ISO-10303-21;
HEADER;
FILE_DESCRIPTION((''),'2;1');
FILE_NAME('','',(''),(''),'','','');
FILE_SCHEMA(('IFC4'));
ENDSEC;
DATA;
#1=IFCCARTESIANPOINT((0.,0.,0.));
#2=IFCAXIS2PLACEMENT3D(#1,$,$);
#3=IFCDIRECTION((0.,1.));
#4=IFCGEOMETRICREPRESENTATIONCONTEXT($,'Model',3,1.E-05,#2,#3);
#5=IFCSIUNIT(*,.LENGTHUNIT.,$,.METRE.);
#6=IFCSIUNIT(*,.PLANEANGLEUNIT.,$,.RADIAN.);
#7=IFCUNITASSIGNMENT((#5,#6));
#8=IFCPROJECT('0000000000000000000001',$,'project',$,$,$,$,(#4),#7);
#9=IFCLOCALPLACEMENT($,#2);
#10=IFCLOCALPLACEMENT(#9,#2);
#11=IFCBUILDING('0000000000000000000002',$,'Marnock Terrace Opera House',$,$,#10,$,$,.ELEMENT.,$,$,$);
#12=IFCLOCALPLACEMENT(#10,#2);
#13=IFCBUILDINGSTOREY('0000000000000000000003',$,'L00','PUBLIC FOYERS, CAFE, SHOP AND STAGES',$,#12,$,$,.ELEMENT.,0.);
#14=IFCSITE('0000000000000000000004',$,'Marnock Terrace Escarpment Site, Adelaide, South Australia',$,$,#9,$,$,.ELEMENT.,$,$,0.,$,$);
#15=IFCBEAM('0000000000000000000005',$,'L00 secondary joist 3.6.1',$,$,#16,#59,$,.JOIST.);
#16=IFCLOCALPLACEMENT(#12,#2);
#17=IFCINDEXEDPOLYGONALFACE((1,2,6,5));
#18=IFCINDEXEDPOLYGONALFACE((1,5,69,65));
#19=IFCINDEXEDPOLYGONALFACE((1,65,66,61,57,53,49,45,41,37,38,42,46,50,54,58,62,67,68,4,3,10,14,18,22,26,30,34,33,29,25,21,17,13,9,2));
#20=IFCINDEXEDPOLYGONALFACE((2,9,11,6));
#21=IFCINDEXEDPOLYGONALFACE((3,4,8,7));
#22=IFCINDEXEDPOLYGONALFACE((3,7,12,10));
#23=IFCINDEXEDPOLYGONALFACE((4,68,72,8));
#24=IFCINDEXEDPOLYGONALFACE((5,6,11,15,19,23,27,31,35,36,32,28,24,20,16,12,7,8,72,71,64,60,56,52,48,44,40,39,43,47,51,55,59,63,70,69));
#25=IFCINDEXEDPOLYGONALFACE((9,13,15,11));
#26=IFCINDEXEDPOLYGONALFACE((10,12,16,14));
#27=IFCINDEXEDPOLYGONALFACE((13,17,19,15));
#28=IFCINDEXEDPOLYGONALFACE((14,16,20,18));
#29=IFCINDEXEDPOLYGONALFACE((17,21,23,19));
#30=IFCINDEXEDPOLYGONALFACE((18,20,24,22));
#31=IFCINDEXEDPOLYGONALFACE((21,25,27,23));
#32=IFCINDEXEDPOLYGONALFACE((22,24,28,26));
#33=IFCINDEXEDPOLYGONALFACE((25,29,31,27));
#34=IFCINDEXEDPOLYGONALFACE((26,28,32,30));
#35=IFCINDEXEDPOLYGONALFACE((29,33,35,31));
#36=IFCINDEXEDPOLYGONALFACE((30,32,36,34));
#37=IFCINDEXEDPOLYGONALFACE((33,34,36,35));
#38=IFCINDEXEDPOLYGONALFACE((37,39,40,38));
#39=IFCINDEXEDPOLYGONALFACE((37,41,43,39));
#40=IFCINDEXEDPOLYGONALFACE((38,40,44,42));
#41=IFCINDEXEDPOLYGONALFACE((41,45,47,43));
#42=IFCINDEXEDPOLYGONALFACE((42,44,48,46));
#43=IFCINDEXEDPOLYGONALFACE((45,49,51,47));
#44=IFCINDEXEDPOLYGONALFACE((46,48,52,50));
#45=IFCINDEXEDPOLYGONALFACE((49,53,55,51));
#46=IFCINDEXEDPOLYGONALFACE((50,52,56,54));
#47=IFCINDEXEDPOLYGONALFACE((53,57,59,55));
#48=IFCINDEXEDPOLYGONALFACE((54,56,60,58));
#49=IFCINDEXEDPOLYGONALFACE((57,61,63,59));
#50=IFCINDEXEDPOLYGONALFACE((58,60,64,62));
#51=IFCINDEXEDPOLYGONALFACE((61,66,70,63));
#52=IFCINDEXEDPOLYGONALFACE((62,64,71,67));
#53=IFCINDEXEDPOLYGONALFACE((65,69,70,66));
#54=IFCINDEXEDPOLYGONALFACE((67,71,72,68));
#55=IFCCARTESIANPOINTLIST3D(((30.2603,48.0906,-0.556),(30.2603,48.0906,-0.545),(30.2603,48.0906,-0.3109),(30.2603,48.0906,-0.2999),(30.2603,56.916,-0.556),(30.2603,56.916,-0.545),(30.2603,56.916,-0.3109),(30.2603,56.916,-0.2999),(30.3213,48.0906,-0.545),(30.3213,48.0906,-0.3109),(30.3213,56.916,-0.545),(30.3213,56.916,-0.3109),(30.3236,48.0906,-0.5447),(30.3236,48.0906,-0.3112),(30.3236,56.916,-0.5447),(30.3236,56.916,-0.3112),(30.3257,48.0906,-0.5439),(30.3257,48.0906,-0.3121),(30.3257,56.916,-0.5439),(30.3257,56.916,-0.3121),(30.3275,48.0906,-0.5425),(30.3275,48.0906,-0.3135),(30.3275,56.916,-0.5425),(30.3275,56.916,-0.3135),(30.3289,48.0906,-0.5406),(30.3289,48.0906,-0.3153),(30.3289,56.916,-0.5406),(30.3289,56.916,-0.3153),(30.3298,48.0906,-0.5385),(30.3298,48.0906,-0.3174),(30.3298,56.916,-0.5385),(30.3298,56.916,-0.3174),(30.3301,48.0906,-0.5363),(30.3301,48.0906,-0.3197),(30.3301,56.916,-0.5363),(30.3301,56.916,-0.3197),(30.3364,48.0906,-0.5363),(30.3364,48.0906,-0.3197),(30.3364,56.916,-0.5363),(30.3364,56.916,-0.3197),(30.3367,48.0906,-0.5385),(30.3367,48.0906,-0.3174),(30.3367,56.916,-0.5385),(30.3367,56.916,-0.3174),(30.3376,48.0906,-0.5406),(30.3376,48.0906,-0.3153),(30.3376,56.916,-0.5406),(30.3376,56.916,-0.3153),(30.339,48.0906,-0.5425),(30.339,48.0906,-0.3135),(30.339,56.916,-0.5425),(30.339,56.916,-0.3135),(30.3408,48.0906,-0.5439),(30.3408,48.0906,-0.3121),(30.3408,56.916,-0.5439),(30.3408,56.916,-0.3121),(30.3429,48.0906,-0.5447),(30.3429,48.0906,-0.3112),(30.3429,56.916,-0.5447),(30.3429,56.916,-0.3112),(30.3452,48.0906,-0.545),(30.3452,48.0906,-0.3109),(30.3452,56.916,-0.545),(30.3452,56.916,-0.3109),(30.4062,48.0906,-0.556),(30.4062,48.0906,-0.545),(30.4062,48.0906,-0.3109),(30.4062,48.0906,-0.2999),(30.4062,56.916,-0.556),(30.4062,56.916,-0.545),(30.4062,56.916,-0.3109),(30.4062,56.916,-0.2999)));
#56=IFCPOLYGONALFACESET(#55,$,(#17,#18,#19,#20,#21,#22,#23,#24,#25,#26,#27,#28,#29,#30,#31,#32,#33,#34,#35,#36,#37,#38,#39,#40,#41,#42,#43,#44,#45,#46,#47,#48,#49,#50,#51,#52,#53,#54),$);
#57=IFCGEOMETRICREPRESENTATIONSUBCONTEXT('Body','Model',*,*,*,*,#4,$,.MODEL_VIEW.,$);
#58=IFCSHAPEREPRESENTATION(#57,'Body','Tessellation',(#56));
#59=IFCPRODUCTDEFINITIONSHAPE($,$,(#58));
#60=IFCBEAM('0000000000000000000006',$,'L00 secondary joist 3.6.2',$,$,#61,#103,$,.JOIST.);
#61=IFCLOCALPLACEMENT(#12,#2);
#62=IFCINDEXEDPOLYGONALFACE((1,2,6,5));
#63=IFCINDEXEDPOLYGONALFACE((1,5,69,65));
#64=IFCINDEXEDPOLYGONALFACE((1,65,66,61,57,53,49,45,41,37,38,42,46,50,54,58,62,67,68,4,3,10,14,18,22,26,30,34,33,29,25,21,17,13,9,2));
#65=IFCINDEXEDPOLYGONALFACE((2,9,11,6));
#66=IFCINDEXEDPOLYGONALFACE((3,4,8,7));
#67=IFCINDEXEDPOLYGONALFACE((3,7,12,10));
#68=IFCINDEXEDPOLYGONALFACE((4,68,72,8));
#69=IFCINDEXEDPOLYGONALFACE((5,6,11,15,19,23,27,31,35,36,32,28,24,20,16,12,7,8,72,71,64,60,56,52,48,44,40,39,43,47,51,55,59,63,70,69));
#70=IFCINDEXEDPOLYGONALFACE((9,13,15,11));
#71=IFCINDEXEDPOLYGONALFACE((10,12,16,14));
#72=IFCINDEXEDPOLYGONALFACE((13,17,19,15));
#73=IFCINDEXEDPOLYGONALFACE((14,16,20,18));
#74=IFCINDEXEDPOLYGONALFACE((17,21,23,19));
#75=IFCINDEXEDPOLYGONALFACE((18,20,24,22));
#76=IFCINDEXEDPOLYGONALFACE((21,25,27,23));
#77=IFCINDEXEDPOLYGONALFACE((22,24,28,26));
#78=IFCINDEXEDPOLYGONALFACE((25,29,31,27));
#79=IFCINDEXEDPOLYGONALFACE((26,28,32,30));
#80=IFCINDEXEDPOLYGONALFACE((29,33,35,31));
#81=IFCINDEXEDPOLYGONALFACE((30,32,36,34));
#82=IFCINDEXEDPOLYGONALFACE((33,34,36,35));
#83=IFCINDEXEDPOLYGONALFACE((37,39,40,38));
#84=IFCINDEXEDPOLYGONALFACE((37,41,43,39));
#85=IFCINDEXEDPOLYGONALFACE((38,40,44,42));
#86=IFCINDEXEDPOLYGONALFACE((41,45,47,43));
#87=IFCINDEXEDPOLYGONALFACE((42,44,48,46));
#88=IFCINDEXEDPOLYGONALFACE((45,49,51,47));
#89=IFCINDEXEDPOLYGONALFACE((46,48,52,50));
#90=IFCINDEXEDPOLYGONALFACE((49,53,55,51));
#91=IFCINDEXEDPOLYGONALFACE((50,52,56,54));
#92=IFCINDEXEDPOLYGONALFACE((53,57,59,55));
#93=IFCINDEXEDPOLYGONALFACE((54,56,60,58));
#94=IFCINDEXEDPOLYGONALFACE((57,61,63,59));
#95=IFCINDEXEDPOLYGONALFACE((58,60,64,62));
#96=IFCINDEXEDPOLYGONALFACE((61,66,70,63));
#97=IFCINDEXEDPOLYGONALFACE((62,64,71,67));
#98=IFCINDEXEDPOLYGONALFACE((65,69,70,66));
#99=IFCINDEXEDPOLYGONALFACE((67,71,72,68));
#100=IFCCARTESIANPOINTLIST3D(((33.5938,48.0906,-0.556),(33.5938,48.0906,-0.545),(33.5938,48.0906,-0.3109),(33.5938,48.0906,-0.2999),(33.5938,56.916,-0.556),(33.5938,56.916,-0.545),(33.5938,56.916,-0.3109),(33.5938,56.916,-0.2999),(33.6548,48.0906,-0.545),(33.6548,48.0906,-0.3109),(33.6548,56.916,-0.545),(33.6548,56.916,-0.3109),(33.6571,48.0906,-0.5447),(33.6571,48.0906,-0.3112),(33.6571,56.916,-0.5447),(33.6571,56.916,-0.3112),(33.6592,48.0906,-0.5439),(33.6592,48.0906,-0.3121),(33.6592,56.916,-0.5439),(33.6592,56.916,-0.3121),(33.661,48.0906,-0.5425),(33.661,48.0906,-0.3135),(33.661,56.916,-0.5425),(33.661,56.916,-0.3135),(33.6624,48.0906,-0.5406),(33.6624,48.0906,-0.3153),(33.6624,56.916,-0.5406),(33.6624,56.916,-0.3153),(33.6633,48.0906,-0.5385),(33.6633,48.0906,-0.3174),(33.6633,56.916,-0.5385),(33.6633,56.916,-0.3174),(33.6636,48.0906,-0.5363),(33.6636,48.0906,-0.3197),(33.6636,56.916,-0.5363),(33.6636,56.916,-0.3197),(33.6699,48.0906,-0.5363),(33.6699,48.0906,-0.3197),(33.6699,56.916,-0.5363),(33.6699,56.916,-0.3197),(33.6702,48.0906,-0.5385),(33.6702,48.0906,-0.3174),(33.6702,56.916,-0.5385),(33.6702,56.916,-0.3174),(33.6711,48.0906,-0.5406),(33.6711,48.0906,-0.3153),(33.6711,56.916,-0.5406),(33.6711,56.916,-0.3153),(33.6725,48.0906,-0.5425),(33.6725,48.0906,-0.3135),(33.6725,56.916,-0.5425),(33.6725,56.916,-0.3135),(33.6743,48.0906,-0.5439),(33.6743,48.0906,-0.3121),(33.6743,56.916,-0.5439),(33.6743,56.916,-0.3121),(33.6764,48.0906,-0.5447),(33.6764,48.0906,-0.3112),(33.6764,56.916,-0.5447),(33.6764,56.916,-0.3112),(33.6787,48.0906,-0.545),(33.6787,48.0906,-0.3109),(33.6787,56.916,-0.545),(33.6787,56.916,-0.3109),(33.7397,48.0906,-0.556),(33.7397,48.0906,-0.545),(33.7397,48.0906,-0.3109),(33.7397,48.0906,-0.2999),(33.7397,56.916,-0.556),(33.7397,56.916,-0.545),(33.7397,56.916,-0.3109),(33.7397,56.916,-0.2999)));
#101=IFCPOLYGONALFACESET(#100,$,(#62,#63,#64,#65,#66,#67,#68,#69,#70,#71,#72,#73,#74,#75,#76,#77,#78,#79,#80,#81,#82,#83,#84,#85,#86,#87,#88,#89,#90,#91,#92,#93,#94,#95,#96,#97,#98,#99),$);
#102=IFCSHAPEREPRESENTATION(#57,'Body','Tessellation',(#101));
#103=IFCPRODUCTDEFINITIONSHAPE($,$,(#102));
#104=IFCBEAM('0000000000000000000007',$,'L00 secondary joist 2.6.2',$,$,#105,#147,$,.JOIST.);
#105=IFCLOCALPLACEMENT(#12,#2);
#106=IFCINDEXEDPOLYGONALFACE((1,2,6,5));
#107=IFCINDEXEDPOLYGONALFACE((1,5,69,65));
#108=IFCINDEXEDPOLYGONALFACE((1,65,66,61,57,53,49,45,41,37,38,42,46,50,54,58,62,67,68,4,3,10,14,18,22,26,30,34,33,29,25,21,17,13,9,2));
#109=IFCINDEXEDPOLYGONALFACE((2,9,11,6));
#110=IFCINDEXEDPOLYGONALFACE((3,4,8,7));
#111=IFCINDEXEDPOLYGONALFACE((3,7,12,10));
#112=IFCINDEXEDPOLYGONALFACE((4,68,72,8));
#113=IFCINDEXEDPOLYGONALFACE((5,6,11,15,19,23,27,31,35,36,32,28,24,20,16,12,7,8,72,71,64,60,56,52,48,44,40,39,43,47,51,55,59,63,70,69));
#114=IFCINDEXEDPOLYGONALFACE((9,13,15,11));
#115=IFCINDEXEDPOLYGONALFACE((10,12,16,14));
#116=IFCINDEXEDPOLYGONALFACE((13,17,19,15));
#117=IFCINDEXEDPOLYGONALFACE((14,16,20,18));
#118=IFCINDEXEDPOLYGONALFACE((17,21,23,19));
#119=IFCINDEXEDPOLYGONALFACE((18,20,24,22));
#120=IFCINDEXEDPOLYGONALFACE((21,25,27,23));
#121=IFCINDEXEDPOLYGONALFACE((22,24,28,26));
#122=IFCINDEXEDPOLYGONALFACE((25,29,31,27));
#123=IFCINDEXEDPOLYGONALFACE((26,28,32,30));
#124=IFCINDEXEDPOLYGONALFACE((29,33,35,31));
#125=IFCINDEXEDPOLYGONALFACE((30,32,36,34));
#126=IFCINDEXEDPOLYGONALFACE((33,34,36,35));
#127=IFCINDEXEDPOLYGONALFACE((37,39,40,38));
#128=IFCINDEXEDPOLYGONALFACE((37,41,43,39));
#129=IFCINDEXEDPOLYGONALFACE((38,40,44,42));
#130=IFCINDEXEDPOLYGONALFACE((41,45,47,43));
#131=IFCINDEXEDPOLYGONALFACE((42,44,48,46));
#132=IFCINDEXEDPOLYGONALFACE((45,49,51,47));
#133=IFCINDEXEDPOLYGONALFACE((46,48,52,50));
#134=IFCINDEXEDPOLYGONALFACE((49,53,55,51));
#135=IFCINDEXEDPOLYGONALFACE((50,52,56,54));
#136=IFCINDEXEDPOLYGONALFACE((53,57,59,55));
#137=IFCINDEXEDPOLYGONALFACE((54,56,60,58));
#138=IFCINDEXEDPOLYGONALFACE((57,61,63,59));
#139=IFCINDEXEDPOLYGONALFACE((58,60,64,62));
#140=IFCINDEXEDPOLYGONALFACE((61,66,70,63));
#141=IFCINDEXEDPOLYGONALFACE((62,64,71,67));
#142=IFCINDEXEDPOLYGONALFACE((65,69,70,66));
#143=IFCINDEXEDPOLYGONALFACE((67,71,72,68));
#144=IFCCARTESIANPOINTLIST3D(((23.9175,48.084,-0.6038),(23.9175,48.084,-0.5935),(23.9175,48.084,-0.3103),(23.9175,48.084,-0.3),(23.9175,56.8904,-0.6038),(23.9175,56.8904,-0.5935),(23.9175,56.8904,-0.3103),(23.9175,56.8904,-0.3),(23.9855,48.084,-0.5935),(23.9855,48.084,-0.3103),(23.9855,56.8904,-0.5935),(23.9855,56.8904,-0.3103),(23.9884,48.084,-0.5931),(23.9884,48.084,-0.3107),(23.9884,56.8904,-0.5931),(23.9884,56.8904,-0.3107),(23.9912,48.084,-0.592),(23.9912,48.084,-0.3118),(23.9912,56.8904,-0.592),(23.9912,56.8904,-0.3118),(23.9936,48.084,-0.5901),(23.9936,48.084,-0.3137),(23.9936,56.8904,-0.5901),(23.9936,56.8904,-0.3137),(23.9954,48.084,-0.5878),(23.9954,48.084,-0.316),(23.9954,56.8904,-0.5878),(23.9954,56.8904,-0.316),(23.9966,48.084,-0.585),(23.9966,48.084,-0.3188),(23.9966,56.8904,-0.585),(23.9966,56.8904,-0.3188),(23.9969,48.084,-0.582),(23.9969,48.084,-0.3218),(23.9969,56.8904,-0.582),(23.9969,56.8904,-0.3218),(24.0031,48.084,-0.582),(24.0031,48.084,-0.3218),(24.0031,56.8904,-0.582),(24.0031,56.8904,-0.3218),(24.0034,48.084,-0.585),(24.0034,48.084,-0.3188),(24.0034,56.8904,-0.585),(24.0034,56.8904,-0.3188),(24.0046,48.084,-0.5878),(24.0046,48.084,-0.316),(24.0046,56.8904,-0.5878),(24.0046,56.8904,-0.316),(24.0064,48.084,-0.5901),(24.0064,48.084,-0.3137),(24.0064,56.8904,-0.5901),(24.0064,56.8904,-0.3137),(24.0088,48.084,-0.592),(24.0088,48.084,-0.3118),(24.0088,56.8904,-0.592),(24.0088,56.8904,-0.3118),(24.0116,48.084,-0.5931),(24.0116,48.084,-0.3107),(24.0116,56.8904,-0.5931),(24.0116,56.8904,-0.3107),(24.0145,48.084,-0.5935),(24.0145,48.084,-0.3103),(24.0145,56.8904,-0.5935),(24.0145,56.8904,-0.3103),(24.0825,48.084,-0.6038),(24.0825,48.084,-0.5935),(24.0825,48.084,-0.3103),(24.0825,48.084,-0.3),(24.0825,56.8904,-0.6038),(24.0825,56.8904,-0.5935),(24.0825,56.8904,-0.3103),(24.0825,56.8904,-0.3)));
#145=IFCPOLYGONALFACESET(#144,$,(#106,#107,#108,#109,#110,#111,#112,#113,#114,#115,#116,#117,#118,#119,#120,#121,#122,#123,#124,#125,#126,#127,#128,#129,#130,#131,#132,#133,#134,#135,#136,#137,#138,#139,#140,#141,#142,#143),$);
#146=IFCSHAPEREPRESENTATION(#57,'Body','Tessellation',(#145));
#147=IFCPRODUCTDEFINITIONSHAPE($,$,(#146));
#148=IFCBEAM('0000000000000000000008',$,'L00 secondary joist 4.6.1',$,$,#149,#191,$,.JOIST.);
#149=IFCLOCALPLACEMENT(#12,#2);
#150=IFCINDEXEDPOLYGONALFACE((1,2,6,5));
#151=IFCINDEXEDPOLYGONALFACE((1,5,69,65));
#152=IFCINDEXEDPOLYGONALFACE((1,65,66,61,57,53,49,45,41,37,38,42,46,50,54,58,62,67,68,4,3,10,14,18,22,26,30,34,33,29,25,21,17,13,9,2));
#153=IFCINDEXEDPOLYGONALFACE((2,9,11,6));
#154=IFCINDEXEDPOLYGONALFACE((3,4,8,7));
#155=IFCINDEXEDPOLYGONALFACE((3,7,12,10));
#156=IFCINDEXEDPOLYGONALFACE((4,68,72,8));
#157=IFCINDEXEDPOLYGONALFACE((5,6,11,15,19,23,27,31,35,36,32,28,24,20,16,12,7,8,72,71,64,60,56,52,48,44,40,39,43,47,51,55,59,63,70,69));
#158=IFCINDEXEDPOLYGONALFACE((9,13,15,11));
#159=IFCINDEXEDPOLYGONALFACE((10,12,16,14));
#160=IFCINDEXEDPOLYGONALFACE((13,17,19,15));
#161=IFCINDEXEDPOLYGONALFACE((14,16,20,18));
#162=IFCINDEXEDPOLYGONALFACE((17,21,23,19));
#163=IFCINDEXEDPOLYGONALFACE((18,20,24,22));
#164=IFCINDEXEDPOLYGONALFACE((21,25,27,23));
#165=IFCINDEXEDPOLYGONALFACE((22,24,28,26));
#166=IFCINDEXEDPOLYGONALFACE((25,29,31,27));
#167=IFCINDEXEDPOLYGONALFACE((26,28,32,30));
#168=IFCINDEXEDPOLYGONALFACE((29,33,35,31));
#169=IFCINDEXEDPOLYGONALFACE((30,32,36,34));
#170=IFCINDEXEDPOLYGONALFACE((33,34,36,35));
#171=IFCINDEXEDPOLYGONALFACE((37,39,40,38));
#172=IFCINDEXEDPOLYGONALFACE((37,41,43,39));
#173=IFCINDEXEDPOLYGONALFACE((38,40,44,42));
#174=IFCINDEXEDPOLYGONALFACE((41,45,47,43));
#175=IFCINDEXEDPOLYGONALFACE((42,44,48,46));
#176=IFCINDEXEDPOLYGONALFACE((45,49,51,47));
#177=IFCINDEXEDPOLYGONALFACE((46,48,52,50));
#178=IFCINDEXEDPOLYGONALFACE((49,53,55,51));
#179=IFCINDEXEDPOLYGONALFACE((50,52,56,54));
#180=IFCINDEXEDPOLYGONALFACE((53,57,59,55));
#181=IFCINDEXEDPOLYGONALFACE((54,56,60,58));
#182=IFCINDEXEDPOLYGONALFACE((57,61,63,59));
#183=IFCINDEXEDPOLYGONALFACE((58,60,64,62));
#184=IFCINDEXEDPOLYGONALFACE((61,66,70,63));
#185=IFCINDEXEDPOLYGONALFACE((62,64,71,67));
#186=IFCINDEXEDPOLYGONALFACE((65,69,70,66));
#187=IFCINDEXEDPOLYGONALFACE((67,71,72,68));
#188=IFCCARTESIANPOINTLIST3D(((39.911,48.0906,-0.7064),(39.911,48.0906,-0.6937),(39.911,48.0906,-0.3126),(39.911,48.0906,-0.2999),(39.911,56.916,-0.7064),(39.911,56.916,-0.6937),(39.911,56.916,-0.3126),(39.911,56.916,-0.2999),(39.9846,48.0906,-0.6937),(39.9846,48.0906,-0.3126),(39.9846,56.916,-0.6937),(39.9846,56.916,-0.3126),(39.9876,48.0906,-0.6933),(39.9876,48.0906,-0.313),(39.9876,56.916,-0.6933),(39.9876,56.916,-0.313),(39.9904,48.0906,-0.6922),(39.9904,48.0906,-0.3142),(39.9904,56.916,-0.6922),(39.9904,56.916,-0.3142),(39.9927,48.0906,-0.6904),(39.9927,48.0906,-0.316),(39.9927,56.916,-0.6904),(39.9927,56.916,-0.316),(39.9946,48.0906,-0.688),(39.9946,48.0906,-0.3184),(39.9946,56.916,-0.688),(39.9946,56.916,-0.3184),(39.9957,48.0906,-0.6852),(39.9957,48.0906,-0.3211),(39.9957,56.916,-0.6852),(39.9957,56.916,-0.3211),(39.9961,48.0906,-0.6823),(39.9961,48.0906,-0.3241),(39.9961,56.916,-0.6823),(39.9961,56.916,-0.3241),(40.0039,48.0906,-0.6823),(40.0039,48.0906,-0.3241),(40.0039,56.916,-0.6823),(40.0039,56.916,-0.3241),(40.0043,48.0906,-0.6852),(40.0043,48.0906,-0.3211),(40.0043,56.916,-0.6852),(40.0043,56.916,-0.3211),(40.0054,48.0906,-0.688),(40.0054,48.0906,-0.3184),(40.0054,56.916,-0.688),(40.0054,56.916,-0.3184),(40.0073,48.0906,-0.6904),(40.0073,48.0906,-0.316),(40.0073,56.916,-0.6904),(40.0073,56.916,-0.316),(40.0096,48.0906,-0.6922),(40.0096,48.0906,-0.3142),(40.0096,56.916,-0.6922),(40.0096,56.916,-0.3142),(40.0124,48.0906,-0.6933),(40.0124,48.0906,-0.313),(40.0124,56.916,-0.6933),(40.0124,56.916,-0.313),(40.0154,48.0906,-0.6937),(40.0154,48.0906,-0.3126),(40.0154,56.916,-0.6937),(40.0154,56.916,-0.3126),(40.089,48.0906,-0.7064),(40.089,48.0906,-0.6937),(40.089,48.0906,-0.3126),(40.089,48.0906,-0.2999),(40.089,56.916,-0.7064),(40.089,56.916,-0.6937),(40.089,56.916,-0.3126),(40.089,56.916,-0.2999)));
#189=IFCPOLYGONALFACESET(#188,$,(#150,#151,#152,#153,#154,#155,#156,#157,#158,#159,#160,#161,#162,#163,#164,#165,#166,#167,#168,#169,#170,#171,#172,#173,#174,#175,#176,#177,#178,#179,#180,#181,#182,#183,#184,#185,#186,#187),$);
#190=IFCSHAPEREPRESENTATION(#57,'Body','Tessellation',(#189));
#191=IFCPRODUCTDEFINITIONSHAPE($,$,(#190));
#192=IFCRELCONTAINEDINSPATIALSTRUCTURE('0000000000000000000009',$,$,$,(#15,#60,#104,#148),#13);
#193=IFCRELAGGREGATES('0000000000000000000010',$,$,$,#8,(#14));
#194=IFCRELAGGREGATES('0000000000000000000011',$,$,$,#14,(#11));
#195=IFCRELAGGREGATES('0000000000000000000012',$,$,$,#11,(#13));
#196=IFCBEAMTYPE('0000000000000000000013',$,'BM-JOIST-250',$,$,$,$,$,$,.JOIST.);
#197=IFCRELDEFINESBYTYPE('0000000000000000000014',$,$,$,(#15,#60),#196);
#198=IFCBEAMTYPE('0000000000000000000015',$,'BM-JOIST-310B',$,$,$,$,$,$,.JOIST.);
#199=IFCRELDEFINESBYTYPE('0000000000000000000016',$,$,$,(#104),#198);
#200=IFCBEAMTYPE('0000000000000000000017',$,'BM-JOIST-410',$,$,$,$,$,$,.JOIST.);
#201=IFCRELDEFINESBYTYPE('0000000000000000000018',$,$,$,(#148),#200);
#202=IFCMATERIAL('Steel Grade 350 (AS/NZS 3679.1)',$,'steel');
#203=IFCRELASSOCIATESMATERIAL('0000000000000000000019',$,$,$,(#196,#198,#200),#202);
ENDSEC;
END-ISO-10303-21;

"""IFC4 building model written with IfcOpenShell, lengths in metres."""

from ifc_helpers import new_model, si_unit, direction, frame, origin, origin_2d, place, context, subcontext, project, spatial, i_section, extrude, material, material_profile, profile_set, type_object, element, save


model = new_model("IFC4")

# Units and contexts
model_context = context("Model", 3, precision=1e-05, world=origin(), true_north=direction((0.0, 1.0)))
body_context = subcontext(model_context, "Body", "Model", "MODEL_VIEW")
ifc_project = project(units=[si_unit("LENGTHUNIT", "METRE"), si_unit("PLANEANGLEUNIT", "RADIAN")], contexts=[model_context])

# Site, building, storey
site_placement = place(None, origin())
site = spatial("IfcSite", under=ifc_project, at=site_placement, Name="Marnock Terrace Escarpment Site, Adelaide, South Australia", CompositionType="ELEMENT", RefElevation=0.0)
building_placement = place(site_placement, origin())
building = spatial("IfcBuilding", under=site, at=building_placement, Name="Marnock Terrace Opera House", CompositionType="ELEMENT")
storey_placement = place(building_placement, origin())
storey = spatial("IfcBuildingStorey", under=building, at=storey_placement, Name="L00", Description="PUBLIC FOYERS, CAFE, SHOP AND STAGES", CompositionType="ELEMENT", Elevation=0.0)

# Shared definitions
ifc_material_1 = material(Name="Steel Grade 350 (AS/NZS 3679.1)", Category="steel")

# Beams
ifc_material_profile_1 = material_profile(ifc_material_1, i_section(OverallWidth=0.146, OverallDepth=0.2561, WebThickness=0.0063, FlangeThickness=0.011, FilletRadius=0.0088, at=origin_2d()))
ifc_profile_set_1 = profile_set([ifc_material_profile_1], Name="Steel Grade 350 (AS/NZS 3679.1)")
beam_type_1 = type_object("IfcBeamType", Name="BM-JOIST-250", PredefinedType="JOIST", material=ifc_profile_set_1)
for number, where, z_axis, x_axis, name in (
    (1, (30.3333, 48.0906, -0.428), (0.0, 1.0, 0.0), (-1.0, 0.0, 0.0), "L00 secondary joist 3.6.1"),
    (2, (33.6667, 48.0906, -0.428), (0.0, 1.0, 0.0), (-1.0, 0.0, 0.0), "L00 secondary joist 3.6.2"),
):
    element("IfcBeam", number, at=place(storey_placement, frame(where, z_axis=z_axis, x_axis=x_axis)), inside=storey, type_object=beam_type_1, Name=name, PredefinedType="JOIST", context=body_context, shape_type="SweptSolid", body=[
        extrude(i_section(OverallWidth=0.146, OverallDepth=0.2561, WebThickness=0.0063, FlangeThickness=0.011, FilletRadius=0.0088, at=origin_2d()), origin(), (0.0, 0.0, 1.0), 8.8254),
    ])
ifc_material_profile_2 = material_profile(ifc_material_1, i_section(OverallWidth=0.165, OverallDepth=0.3037, WebThickness=0.0061, FlangeThickness=0.0103, FilletRadius=0.0115, at=origin_2d()))
ifc_profile_set_2 = profile_set([ifc_material_profile_2], Name="Steel Grade 350 (AS/NZS 3679.1)")
beam_type_2 = type_object("IfcBeamType", Name="BM-JOIST-310B", PredefinedType="JOIST", material=ifc_profile_set_2)
beam_1_placement = place(storey_placement, frame((24.0, 48.084, -0.4519), z_axis=(0.0, 1.0, 0.0), x_axis=(-1.0, 0.0, 0.0)))
element("IfcBeam", 3, at=beam_1_placement, inside=storey, type_object=beam_type_2, Name="L00 secondary joist 2.6.2", PredefinedType="JOIST", context=body_context, shape_type="SweptSolid", body=[
    extrude(i_section(OverallWidth=0.165, OverallDepth=0.3037, WebThickness=0.0061, FlangeThickness=0.0103, FilletRadius=0.0115, at=origin_2d()), origin(), (0.0, 0.0, 1.0), 8.8064),
])
ifc_material_profile_3 = material_profile(ifc_material_1, i_section(OverallWidth=0.178, OverallDepth=0.4065, WebThickness=0.0078, FlangeThickness=0.0127, FilletRadius=0.0115, at=origin_2d()))
ifc_profile_set_3 = profile_set([ifc_material_profile_3], Name="Steel Grade 350 (AS/NZS 3679.1)")
beam_type_3 = type_object("IfcBeamType", Name="BM-JOIST-410", PredefinedType="JOIST", material=ifc_profile_set_3)
for number, where, z_axis, x_axis, name in (
    (4, (40.0, 48.0906, -0.5032), (0.0, 1.0, 0.0), (-1.0, 0.0, 0.0), "L00 secondary joist 4.6.1"),
):
    element("IfcBeam", number, at=place(storey_placement, frame(where, z_axis=z_axis, x_axis=x_axis)), inside=storey, type_object=beam_type_3, Name=name, PredefinedType="JOIST", context=body_context, shape_type="SweptSolid", body=[
        extrude(i_section(OverallWidth=0.178, OverallDepth=0.4065, WebThickness=0.0078, FlangeThickness=0.0127, FilletRadius=0.0115, at=origin_2d()), origin(), (0.0, 0.0, 1.0), 8.8254),
    ])

save(model, "model.ifc")
